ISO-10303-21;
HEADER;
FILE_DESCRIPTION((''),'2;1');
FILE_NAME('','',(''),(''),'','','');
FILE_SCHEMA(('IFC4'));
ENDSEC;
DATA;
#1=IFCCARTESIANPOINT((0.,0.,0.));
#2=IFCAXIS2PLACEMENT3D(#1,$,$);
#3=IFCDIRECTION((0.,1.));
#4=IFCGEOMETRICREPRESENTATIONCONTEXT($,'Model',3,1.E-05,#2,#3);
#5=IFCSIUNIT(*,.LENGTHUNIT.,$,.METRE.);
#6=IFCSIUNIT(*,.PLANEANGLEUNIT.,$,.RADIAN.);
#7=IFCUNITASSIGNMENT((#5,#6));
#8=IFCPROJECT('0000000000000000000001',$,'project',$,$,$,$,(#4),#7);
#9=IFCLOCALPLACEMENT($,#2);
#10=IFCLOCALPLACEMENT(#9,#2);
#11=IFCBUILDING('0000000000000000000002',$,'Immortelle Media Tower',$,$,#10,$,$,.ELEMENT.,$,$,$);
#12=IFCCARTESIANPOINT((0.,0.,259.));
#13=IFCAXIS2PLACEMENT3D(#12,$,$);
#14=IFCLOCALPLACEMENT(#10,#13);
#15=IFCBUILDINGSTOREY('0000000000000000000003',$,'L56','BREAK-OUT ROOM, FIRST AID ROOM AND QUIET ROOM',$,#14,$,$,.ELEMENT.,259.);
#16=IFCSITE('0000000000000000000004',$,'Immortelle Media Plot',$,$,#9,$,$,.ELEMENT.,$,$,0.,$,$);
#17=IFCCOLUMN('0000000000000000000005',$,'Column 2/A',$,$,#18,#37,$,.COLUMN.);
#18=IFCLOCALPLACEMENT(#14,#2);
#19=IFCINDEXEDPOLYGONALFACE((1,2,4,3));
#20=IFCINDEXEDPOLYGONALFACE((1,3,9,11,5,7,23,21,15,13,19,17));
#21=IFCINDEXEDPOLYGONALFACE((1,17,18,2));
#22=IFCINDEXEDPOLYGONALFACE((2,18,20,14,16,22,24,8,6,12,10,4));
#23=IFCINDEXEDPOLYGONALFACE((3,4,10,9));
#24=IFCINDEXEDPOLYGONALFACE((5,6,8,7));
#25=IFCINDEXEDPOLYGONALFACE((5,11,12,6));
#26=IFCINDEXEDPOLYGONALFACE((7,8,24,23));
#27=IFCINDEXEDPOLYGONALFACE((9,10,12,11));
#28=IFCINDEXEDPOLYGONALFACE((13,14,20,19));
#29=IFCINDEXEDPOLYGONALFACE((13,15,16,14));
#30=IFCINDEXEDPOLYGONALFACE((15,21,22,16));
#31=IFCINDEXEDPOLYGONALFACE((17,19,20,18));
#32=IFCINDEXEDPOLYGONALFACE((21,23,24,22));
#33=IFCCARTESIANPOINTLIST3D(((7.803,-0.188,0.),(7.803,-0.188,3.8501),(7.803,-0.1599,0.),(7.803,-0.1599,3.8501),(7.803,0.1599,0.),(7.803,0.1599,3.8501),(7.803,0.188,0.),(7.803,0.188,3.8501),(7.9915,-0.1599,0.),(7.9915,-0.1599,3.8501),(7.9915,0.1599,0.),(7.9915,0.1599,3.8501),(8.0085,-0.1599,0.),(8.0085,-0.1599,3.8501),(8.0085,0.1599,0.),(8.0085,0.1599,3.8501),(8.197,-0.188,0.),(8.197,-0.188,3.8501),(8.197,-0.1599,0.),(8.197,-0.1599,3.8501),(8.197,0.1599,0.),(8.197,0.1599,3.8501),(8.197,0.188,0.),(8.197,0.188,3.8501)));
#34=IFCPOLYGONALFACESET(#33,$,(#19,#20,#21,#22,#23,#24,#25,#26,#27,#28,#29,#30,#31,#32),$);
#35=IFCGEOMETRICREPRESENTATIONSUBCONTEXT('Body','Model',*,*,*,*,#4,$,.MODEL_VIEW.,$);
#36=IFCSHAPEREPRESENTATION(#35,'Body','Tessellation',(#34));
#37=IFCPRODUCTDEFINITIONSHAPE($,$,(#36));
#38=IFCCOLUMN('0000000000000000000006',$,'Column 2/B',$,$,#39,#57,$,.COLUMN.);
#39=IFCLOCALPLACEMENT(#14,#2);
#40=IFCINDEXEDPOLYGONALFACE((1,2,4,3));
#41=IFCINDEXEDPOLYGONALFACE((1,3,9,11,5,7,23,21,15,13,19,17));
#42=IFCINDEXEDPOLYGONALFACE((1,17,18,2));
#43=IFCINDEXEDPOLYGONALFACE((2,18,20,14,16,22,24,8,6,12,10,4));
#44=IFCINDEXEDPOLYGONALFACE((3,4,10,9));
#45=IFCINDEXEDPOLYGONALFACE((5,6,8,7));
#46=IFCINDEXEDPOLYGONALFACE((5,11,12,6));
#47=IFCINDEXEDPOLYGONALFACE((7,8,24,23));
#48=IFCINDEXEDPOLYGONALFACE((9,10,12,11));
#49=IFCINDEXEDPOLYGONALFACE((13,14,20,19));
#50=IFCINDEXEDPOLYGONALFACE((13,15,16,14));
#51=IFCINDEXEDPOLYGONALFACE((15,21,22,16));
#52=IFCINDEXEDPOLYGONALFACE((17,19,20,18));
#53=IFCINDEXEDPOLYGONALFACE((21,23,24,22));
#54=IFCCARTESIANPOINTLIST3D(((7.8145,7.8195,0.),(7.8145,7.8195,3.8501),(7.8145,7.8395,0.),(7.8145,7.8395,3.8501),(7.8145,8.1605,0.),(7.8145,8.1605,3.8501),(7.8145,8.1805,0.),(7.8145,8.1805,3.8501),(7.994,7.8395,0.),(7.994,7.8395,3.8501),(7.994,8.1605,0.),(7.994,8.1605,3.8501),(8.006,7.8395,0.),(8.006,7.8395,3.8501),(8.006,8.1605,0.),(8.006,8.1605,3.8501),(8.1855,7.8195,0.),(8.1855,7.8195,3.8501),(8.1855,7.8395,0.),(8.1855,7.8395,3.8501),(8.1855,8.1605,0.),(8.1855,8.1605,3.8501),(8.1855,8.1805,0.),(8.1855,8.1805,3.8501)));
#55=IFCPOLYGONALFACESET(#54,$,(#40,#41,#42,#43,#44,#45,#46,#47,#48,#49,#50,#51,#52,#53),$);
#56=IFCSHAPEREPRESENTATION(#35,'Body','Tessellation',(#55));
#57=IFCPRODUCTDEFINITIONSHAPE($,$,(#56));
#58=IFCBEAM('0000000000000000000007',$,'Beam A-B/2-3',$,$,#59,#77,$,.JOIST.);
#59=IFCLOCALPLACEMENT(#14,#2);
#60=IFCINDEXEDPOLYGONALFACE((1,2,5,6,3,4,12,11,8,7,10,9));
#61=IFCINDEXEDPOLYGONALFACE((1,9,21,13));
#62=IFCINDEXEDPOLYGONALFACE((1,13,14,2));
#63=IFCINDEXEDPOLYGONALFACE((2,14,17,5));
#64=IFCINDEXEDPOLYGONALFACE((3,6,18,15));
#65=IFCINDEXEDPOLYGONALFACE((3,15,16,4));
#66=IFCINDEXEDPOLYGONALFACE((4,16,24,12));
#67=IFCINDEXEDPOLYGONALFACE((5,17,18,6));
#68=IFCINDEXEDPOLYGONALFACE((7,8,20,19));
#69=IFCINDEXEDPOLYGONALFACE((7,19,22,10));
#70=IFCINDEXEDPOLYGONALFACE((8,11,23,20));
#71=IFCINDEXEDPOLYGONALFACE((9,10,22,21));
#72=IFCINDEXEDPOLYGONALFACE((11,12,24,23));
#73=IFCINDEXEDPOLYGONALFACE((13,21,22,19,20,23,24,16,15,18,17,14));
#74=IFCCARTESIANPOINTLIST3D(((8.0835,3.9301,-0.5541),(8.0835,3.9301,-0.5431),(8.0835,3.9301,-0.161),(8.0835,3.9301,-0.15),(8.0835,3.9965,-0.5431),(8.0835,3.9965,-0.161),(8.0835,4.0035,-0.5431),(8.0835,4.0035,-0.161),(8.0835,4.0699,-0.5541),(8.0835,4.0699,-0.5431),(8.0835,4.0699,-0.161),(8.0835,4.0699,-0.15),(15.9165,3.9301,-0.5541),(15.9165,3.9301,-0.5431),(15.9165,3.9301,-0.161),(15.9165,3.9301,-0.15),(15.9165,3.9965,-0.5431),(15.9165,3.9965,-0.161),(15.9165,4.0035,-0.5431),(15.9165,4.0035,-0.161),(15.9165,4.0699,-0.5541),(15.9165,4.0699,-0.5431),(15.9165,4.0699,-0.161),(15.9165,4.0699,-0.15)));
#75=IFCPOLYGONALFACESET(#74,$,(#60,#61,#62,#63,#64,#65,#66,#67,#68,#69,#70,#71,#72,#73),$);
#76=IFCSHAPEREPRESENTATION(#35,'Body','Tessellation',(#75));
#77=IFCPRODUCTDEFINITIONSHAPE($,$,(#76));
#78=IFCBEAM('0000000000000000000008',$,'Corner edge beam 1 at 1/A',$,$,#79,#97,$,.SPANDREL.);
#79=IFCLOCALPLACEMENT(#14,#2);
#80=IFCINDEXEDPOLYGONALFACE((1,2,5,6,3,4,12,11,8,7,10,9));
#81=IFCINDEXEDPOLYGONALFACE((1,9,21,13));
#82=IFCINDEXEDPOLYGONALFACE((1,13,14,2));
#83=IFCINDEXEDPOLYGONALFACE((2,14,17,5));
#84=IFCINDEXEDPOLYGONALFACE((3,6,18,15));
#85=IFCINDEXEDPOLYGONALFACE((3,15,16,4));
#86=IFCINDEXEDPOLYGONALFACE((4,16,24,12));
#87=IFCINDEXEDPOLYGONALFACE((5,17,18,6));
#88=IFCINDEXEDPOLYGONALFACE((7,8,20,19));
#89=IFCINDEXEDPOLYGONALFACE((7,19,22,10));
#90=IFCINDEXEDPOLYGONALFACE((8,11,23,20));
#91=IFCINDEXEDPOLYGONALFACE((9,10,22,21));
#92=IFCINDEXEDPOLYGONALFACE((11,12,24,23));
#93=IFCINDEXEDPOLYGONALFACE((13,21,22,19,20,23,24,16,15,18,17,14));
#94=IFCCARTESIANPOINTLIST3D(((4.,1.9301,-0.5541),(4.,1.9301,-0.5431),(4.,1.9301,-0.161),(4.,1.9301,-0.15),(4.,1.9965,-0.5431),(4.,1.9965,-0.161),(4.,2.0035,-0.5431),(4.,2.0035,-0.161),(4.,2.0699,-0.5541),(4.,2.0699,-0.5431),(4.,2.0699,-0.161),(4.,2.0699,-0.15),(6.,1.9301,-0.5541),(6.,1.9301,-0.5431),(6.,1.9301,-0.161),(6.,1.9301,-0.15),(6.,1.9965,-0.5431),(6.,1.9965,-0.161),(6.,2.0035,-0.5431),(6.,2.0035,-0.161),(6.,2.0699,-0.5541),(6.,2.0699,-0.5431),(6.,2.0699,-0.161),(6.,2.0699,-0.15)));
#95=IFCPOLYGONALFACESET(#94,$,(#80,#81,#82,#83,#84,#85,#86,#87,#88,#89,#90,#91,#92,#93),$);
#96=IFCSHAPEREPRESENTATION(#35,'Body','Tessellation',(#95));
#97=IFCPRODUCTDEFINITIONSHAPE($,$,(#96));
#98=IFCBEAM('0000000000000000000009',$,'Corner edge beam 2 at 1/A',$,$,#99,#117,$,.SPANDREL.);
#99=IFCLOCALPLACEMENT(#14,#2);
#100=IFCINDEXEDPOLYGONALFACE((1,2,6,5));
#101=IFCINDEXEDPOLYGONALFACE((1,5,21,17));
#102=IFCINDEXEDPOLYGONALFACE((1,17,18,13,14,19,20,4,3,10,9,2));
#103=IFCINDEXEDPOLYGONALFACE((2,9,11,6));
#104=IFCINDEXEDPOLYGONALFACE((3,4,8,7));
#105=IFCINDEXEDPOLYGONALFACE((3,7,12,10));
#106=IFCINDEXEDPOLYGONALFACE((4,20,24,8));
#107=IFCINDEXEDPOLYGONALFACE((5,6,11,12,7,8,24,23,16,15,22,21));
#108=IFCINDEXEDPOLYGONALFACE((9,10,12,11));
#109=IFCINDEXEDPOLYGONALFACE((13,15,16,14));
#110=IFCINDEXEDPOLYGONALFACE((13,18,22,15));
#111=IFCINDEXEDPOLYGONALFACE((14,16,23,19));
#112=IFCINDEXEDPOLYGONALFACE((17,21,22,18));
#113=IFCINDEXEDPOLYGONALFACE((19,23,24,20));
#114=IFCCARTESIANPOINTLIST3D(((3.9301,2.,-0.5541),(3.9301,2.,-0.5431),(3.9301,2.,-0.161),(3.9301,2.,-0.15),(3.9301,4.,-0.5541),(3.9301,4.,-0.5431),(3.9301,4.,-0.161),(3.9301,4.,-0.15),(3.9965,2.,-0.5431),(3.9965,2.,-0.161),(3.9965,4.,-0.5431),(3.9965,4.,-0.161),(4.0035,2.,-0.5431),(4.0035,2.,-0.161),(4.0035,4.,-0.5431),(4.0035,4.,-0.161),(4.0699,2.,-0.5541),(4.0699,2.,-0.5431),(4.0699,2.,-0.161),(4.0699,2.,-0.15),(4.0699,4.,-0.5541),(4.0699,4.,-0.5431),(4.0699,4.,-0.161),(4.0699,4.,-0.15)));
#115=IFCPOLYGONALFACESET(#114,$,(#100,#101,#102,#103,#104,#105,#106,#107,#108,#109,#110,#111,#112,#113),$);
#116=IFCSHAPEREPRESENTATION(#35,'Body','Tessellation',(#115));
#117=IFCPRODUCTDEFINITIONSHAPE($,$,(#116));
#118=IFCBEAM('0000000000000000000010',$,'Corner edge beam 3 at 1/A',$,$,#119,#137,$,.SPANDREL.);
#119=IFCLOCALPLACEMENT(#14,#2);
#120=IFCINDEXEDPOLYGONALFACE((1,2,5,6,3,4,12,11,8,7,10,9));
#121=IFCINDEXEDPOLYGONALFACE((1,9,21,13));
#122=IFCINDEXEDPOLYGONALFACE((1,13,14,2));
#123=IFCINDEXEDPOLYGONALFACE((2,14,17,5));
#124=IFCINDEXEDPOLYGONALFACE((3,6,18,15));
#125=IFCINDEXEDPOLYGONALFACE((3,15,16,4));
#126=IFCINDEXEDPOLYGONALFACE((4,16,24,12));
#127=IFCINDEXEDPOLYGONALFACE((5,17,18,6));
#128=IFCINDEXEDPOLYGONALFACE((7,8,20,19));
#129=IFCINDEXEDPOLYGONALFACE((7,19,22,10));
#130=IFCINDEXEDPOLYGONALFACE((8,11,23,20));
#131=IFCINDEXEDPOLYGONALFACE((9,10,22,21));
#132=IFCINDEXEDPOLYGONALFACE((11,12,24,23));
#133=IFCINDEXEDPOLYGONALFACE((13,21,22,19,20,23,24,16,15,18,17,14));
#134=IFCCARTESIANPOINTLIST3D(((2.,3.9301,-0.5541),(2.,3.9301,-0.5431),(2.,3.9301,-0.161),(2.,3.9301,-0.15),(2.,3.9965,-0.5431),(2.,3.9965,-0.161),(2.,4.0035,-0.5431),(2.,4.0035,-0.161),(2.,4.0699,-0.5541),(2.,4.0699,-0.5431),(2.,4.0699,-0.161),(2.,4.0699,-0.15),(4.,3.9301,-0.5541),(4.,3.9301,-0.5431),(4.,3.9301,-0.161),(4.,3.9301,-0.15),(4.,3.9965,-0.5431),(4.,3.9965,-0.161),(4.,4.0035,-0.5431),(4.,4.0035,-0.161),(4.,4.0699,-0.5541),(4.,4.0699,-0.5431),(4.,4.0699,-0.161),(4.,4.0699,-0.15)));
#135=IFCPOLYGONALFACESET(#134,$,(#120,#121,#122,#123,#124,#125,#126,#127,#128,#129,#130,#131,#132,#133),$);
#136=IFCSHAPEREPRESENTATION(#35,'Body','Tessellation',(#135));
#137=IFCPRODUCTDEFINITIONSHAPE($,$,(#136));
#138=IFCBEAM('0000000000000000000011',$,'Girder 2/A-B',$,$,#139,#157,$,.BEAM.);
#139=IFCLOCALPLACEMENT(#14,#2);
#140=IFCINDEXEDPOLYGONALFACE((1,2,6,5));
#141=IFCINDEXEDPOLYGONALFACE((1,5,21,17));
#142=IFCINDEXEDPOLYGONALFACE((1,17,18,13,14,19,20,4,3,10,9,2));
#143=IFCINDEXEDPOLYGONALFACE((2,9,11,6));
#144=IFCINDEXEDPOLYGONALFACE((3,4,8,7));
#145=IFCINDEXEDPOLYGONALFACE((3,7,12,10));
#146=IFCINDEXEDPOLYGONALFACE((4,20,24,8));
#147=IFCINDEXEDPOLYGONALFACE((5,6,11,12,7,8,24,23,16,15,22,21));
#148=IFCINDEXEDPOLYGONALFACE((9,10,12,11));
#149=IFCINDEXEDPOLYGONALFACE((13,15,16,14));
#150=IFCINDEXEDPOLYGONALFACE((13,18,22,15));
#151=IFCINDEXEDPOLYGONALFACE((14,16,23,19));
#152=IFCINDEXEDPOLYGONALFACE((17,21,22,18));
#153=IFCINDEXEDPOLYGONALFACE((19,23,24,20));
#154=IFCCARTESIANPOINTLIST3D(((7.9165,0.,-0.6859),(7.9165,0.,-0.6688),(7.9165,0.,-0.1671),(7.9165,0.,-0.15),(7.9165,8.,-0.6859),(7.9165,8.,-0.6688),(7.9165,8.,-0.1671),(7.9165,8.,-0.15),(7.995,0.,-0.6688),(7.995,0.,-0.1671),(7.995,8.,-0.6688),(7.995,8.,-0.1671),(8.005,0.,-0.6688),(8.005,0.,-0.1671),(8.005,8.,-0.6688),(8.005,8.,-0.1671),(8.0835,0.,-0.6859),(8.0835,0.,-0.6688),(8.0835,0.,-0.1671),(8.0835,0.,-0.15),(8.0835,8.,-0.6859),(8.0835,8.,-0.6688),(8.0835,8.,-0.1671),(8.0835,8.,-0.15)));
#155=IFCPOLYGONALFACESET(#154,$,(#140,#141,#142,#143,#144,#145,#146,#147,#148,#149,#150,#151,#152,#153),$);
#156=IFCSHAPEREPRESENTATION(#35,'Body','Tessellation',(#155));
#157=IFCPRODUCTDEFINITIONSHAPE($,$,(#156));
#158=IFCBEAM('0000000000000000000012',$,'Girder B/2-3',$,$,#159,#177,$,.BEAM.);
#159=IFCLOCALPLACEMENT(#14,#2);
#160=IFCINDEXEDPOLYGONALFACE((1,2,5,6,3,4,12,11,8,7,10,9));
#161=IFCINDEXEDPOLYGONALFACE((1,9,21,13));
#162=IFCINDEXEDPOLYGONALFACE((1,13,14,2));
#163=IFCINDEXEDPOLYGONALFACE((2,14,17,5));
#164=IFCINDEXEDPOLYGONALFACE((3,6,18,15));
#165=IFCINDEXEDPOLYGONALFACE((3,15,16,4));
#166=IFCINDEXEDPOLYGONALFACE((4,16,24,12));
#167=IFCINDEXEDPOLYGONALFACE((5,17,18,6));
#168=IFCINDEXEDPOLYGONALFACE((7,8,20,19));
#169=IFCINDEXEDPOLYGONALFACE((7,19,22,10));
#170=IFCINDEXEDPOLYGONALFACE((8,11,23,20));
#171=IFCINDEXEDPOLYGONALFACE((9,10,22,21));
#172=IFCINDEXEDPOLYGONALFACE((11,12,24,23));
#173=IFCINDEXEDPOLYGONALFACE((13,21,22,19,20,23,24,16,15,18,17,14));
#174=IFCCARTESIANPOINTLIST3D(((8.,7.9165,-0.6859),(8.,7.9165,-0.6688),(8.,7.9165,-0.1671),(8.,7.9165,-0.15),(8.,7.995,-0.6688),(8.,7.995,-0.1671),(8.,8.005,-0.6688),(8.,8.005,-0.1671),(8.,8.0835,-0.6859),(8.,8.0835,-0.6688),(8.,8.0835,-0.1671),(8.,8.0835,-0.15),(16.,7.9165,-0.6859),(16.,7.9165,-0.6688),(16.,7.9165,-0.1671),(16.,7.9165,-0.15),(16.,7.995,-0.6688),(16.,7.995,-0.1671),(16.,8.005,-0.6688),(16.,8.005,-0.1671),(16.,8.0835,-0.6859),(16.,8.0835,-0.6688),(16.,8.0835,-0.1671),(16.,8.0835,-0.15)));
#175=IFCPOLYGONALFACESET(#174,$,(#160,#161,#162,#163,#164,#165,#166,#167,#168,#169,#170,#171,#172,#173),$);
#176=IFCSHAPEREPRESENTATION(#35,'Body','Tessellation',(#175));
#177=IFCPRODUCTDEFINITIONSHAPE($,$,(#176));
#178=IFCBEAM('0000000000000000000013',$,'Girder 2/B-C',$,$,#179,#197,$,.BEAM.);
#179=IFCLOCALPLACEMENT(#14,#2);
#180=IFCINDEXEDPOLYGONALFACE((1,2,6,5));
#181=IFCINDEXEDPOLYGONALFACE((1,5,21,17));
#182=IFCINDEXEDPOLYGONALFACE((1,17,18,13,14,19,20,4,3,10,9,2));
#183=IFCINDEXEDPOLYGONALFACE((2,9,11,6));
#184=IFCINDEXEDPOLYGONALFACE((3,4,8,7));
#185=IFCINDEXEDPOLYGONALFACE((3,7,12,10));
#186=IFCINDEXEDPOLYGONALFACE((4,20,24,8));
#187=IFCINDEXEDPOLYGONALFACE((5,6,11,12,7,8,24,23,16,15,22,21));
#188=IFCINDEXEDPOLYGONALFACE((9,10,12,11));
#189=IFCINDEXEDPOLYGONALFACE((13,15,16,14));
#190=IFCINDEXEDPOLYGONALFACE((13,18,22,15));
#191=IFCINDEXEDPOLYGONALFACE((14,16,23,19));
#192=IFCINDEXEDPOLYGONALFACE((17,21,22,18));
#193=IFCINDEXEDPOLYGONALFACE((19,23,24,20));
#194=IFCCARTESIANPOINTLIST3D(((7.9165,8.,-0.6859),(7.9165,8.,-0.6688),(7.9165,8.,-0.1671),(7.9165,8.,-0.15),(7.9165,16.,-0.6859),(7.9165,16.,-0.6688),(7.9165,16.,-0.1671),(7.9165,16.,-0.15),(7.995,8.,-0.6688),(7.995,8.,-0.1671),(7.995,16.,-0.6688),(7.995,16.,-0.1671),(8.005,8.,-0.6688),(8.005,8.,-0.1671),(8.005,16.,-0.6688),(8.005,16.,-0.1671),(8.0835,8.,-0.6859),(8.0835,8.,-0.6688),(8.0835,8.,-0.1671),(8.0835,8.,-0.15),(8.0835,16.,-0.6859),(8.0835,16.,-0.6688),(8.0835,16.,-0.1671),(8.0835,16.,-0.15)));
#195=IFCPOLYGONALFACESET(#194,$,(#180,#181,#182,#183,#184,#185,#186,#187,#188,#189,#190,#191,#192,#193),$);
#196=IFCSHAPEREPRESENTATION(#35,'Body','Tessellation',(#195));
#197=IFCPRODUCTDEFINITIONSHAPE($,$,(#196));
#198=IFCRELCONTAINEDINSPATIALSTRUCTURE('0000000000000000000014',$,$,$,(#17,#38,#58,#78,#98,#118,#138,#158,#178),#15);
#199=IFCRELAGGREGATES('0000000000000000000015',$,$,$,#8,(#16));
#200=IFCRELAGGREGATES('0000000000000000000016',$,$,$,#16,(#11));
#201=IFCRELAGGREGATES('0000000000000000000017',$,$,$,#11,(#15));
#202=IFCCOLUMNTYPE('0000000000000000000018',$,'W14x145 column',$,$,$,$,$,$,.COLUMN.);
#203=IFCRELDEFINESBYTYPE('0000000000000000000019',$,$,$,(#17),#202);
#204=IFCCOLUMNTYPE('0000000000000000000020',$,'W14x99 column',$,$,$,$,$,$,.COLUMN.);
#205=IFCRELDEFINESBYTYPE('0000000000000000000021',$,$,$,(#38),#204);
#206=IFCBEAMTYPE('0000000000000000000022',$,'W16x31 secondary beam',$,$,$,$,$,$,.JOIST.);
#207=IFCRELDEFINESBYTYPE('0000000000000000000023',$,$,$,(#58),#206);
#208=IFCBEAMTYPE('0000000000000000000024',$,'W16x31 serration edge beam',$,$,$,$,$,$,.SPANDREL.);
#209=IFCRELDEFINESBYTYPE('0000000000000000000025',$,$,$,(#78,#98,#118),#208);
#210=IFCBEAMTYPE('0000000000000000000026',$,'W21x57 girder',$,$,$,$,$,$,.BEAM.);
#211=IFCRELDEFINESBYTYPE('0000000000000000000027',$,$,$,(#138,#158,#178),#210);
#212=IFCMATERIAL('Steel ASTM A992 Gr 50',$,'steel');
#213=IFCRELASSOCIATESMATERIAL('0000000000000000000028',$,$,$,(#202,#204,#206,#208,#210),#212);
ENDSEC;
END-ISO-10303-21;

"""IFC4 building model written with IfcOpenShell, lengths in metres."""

from ifc_helpers import new_model, si_unit, direction, frame, origin, origin_2d, place, context, subcontext, project, spatial, i_section, extrude, material, material_profile, profile_set, type_object, element, save


model = new_model("IFC4")

# Units and contexts
model_context = context("Model", 3, precision=1e-05, world=origin(), true_north=direction((0.0, 1.0)))
body_context = subcontext(model_context, "Body", "Model", "MODEL_VIEW")
ifc_project = project(units=[si_unit("LENGTHUNIT", "METRE"), si_unit("PLANEANGLEUNIT", "RADIAN")], contexts=[model_context])

# Site, building, storey
site_placement = place(None, origin())
site = spatial("IfcSite", under=ifc_project, at=site_placement, Name="Immortelle Media Plot", CompositionType="ELEMENT", RefElevation=0.0)
building_placement = place(site_placement, origin())
building = spatial("IfcBuilding", under=site, at=building_placement, Name="Immortelle Media Tower", CompositionType="ELEMENT")
storey_placement = place(building_placement, frame((0.0, 0.0, 259.0)))
storey = spatial("IfcBuildingStorey", under=building, at=storey_placement, Name="L56", Description="BREAK-OUT ROOM, FIRST AID ROOM AND QUIET ROOM", CompositionType="ELEMENT", Elevation=259.0)

# Columns
ifc_material_1 = material(Name="Steel ASTM A992 Gr 50", Category="steel")
ifc_material_profile_1 = material_profile(ifc_material_1, i_section(OverallWidth=0.394, OverallDepth=0.376, WebThickness=0.0171, FlangeThickness=0.0281, at=origin_2d()), Name="W14x145")
ifc_profile_set_1 = profile_set([ifc_material_profile_1], Name="Steel ASTM A992 Gr 50")
column_type_1 = type_object("IfcColumnType", Name="W14x145 column", PredefinedType="COLUMN", material=ifc_profile_set_1)
column_1_placement = place(storey_placement, frame((8.0, 0.0, 0.0), z_axis=(0.0, 0.0, 1.0), x_axis=(1.0, 0.0, 0.0)))
element("IfcColumn", 1, at=column_1_placement, inside=storey, type_object=column_type_1, Name="Column 2/A", PredefinedType="COLUMN", context=body_context, shape_type="SweptSolid", body=[
    extrude(i_section(OverallWidth=0.394, OverallDepth=0.376, WebThickness=0.0171, FlangeThickness=0.0281, at=origin_2d()), origin(), (0.0, 0.0, 1.0), 3.8501),
])
ifc_material_profile_2 = material_profile(ifc_material_1, i_section(OverallWidth=0.3711, OverallDepth=0.3611, WebThickness=0.012, FlangeThickness=0.02, at=origin_2d()), Name="W14x99")
ifc_profile_set_2 = profile_set([ifc_material_profile_2], Name="Steel ASTM A992 Gr 50")
column_type_2 = type_object("IfcColumnType", Name="W14x99 column", PredefinedType="COLUMN", material=ifc_profile_set_2)
column_2_placement = place(storey_placement, frame((8.0, 8.0, 0.0), z_axis=(0.0, 0.0, 1.0), x_axis=(1.0, 0.0, 0.0)))
element("IfcColumn", 2, at=column_2_placement, inside=storey, type_object=column_type_2, Name="Column 2/B", PredefinedType="COLUMN", context=body_context, shape_type="SweptSolid", body=[
    extrude(i_section(OverallWidth=0.3711, OverallDepth=0.3611, WebThickness=0.012, FlangeThickness=0.02, at=origin_2d()), origin(), (0.0, 0.0, 1.0), 3.8501),
])

# Beams
ifc_material_profile_3 = material_profile(ifc_material_1, i_section(OverallWidth=0.1399, OverallDepth=0.4041, WebThickness=0.0071, FlangeThickness=0.011, at=origin_2d()), Name="W16x31")
ifc_profile_set_3 = profile_set([ifc_material_profile_3], Name="Steel ASTM A992 Gr 50")
beam_type_1 = type_object("IfcBeamType", Name="W16x31 secondary beam", PredefinedType="JOIST", material=ifc_profile_set_3)
beam_1_placement = place(storey_placement, frame((8.0835, 4.0, -0.3521), z_axis=(1.0, 0.0, 0.0), x_axis=(0.0, 1.0, 0.0)))
element("IfcBeam", 3, at=beam_1_placement, inside=storey, type_object=beam_type_1, Name="Beam A-B/2-3", PredefinedType="JOIST", context=body_context, shape_type="SweptSolid", body=[
    extrude(i_section(OverallWidth=0.1399, OverallDepth=0.4041, WebThickness=0.0071, FlangeThickness=0.011, at=origin_2d()), origin(), (0.0, 0.0, 1.0), 7.833),
])
ifc_material_profile_4 = material_profile(ifc_material_1, i_section(OverallWidth=0.1399, OverallDepth=0.4041, WebThickness=0.0071, FlangeThickness=0.011, at=origin_2d()), Name="W16x31")
ifc_profile_set_4 = profile_set([ifc_material_profile_4], Name="Steel ASTM A992 Gr 50")
beam_type_2 = type_object("IfcBeamType", Name="W16x31 serration edge beam", PredefinedType="SPANDREL", material=ifc_profile_set_4)
for number, where, z_axis, x_axis, name in (
    (4, (6.0, 2.0, -0.3521), (-1.0, 0.0, 0.0), (0.0, -1.0, 0.0), "Corner edge beam 1 at 1/A"),
    (5, (4.0, 2.0, -0.3521), (0.0, 1.0, 0.0), (-1.0, 0.0, 0.0), "Corner edge beam 2 at 1/A"),
    (6, (4.0, 4.0, -0.3521), (-1.0, 0.0, 0.0), (0.0, -1.0, 0.0), "Corner edge beam 3 at 1/A"),
):
    element("IfcBeam", number, at=place(storey_placement, frame(where, z_axis=z_axis, x_axis=x_axis)), inside=storey, type_object=beam_type_2, Name=name, PredefinedType="SPANDREL", context=body_context, shape_type="SweptSolid", body=[
        extrude(i_section(OverallWidth=0.1399, OverallDepth=0.4041, WebThickness=0.0071, FlangeThickness=0.011, at=origin_2d()), origin(), (0.0, 0.0, 1.0), 2.0),
    ])
ifc_material_profile_5 = material_profile(ifc_material_1, i_section(OverallWidth=0.167, OverallDepth=0.5359, WebThickness=0.01, FlangeThickness=0.0171, at=origin_2d()), Name="W21x57")
ifc_profile_set_5 = profile_set([ifc_material_profile_5], Name="Steel ASTM A992 Gr 50")
beam_type_3 = type_object("IfcBeamType", Name="W21x57 girder", PredefinedType="BEAM", material=ifc_profile_set_5)
for number, where, z_axis, x_axis, name in (
    (7, (8.0, 0.0, -0.418), (0.0, 1.0, 0.0), (-1.0, 0.0, 0.0), "Girder 2/A-B"),
    (8, (8.0, 8.0, -0.418), (1.0, 0.0, 0.0), (0.0, 1.0, 0.0), "Girder B/2-3"),
    (9, (8.0, 8.0, -0.418), (0.0, 1.0, 0.0), (-1.0, 0.0, 0.0), "Girder 2/B-C"),
):
    element("IfcBeam", number, at=place(storey_placement, frame(where, z_axis=z_axis, x_axis=x_axis)), inside=storey, type_object=beam_type_3, Name=name, PredefinedType="BEAM", context=body_context, shape_type="SweptSolid", body=[
        extrude(i_section(OverallWidth=0.167, OverallDepth=0.5359, WebThickness=0.01, FlangeThickness=0.0171, at=origin_2d()), origin(), (0.0, 0.0, 1.0), 8.0),
    ])

save(model, "model.ifc")
